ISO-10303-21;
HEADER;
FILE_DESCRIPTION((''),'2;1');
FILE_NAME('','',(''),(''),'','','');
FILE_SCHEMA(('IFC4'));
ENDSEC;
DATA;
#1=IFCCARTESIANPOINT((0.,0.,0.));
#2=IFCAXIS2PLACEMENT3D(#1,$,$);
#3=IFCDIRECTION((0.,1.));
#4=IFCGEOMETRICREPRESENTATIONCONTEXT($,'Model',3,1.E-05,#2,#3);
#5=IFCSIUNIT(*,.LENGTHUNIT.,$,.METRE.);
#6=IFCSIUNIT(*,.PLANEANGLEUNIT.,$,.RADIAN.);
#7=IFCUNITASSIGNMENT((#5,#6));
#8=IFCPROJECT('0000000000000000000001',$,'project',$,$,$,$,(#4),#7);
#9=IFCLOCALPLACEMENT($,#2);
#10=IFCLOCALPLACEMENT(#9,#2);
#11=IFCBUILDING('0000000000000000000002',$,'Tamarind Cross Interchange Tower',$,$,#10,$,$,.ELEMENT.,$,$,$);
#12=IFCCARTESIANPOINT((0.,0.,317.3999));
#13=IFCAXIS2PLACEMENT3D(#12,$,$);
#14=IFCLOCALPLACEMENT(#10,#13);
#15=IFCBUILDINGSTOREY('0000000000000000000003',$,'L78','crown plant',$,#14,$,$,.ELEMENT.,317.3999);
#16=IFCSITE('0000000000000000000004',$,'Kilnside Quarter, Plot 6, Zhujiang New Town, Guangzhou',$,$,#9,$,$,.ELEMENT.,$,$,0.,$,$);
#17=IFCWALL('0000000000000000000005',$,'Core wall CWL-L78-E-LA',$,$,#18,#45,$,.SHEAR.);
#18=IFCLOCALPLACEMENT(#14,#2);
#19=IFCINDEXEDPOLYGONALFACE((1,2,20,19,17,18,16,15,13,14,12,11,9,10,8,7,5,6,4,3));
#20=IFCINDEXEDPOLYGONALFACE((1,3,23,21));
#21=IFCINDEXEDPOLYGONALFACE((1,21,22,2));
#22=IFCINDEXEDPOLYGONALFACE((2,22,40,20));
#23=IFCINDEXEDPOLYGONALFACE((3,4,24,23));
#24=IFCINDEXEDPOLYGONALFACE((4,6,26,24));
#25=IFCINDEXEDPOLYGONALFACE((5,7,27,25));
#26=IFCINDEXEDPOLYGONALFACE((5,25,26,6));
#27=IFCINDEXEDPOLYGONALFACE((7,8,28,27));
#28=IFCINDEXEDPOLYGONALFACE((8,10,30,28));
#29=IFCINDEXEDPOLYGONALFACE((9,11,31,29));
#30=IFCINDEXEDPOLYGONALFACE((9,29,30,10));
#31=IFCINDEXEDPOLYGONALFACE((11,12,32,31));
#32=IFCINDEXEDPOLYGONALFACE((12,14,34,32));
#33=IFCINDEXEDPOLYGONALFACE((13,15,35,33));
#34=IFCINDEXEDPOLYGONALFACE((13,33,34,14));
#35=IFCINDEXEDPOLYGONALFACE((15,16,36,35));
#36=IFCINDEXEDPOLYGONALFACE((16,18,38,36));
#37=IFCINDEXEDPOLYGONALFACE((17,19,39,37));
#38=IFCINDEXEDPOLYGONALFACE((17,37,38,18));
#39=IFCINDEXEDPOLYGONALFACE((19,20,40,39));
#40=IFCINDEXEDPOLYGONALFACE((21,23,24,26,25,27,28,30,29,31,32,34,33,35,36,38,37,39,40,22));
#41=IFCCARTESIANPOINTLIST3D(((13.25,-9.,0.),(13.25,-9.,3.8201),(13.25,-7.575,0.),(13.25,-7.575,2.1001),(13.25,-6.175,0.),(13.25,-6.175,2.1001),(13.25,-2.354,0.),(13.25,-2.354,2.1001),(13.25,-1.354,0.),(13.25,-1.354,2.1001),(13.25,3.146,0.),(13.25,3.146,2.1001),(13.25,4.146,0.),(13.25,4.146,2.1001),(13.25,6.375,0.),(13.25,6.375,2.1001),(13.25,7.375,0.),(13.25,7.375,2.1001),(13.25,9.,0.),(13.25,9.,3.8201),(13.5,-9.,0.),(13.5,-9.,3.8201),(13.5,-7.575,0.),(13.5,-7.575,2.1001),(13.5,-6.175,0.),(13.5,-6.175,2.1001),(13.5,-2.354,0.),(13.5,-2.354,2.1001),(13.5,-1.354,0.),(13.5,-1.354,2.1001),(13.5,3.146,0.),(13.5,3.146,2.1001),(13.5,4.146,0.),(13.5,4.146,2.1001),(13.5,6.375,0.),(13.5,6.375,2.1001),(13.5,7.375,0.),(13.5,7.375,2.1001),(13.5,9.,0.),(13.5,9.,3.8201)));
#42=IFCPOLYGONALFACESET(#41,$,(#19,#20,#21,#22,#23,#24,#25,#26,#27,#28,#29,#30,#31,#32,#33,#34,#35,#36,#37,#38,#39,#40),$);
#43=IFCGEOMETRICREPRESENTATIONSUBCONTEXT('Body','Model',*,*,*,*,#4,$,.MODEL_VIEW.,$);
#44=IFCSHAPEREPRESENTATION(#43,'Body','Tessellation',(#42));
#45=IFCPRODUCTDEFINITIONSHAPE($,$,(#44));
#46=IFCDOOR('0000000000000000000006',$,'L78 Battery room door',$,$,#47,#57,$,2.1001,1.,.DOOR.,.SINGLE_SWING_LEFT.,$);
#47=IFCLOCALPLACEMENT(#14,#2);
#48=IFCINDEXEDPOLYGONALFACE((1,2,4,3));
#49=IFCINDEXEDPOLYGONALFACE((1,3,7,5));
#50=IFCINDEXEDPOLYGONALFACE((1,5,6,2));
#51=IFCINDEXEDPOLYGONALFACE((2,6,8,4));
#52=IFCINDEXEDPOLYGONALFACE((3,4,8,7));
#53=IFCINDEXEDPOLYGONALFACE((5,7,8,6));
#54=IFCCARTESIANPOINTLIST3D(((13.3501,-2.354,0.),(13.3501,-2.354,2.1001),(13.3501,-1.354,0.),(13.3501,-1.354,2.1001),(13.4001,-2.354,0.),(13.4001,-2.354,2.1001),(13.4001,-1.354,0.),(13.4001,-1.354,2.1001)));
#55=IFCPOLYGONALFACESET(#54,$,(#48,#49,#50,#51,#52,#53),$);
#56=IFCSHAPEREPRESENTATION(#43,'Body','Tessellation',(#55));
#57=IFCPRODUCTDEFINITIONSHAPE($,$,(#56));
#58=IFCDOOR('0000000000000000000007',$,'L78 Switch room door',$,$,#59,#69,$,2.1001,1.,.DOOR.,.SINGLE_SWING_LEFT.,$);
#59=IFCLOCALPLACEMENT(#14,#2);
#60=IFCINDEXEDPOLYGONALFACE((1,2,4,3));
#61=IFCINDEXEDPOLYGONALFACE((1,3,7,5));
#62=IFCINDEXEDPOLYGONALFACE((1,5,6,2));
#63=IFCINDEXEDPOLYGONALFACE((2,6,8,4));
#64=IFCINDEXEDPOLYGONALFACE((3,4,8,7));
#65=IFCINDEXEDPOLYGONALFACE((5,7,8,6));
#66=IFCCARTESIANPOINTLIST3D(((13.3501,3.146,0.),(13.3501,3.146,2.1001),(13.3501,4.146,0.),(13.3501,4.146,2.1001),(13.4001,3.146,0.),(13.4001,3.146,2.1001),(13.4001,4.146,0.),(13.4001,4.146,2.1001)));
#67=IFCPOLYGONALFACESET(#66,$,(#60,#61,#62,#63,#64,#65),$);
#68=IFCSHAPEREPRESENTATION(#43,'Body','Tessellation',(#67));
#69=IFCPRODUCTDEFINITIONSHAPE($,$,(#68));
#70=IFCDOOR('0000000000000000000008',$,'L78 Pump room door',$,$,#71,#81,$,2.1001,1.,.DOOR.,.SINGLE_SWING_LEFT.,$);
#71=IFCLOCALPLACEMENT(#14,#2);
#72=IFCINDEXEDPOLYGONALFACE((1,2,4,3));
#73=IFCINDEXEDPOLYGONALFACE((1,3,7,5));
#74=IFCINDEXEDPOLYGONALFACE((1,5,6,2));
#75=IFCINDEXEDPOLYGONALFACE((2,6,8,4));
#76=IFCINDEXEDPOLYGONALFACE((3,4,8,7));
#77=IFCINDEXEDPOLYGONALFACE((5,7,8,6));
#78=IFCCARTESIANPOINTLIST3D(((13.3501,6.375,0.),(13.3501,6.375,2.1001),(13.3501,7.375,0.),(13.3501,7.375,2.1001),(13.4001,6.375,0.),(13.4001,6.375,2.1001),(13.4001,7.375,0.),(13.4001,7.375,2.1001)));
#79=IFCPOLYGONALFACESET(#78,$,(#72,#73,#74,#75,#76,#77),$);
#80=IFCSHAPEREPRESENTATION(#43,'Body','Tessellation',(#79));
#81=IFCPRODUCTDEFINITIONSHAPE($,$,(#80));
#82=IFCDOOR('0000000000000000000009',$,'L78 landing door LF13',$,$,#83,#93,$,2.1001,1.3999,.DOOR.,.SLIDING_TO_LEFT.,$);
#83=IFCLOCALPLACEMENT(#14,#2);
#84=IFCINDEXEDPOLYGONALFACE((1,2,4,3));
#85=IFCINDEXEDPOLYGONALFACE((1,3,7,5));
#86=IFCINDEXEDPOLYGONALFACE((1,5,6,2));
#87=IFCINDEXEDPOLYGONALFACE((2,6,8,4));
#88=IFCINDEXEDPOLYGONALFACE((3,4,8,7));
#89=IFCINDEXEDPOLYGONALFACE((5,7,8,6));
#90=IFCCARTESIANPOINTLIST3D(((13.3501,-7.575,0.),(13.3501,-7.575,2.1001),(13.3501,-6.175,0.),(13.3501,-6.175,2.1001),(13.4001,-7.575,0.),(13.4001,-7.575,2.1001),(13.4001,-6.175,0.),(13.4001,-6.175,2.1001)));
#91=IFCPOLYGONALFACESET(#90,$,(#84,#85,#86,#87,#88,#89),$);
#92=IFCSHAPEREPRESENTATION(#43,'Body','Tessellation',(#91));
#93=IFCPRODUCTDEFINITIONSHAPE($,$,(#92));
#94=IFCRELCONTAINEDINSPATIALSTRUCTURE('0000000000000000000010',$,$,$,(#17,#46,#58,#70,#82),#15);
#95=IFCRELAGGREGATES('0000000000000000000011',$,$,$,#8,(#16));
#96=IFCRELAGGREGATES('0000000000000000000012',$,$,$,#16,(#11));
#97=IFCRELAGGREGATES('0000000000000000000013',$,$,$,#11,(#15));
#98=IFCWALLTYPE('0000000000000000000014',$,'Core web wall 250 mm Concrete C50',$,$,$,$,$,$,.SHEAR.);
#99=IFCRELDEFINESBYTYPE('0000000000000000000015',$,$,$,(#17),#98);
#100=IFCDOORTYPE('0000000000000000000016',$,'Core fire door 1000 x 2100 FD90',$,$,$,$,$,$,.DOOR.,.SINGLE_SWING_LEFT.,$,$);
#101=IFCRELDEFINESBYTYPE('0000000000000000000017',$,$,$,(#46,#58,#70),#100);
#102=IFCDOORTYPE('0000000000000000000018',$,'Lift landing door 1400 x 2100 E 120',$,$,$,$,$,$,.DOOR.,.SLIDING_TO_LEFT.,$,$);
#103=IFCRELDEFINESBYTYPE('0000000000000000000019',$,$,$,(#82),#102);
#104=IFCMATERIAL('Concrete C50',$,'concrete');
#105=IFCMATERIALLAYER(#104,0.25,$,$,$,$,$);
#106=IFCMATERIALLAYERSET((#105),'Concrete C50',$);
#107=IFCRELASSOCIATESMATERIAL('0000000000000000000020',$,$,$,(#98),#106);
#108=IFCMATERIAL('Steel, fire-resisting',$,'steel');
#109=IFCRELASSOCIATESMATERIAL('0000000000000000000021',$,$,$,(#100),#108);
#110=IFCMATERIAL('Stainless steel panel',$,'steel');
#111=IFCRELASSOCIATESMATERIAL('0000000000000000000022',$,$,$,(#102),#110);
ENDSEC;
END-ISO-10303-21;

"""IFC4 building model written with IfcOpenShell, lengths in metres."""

from ifc_helpers import new_model, si_unit, direction, frame, frame_2d, origin, place, context, subcontext, project, spatial, rectangle, extrude, material, layer, layer_set, type_object, element, fill, save


model = new_model("IFC4")

# Units and contexts
model_context = context("Model", 3, precision=1e-05, world=origin(), true_north=direction((0.0, 1.0)))
body_context = subcontext(model_context, "Body", "Model", "MODEL_VIEW")
ifc_project = project(units=[si_unit("LENGTHUNIT", "METRE"), si_unit("PLANEANGLEUNIT", "RADIAN")], contexts=[model_context])

# Site, building, storey
site_placement = place(None, origin())
site = spatial("IfcSite", under=ifc_project, at=site_placement, Name="Kilnside Quarter, Plot 6, Zhujiang New Town, Guangzhou", CompositionType="ELEMENT", RefElevation=0.0)
building_placement = place(site_placement, origin())
building = spatial("IfcBuilding", under=site, at=building_placement, Name="Tamarind Cross Interchange Tower", CompositionType="ELEMENT")
storey_placement = place(building_placement, frame((0.0, 0.0, 317.3999)))
storey = spatial("IfcBuildingStorey", under=building, at=storey_placement, Name="L78", Description="crown plant", CompositionType="ELEMENT", Elevation=317.3999)

# Wall, openings, doors
ifc_material_1 = material(Name="Concrete C50", Category="concrete")
ifc_material_2 = material(Name="Steel, fire-resisting", Category="steel")
ifc_layer_1 = layer(ifc_material_1, 0.25)
ifc_layer_set_1 = layer_set([ifc_layer_1], Name="Concrete C50")
wall_type_1 = type_object("IfcWallType", Name="Core web wall 250 mm Concrete C50", PredefinedType="SHEAR", material=ifc_layer_set_1)
wall_1_placement = place(storey_placement, frame((13.375, -9.0, 0.0), z_axis=(0.0, 0.0, 1.0), x_axis=(0.0, 1.0, 0.0)))
wall_1 = element("IfcWall", 1, at=wall_1_placement, inside=storey, type_object=wall_type_1, Name="Core wall CWL-L78-E-LA", PredefinedType="SHEAR", context=body_context, shape_type="SweptSolid", body=[
    extrude(rectangle(XDim=18.0, YDim=0.25, at=frame_2d((9.0, 0.0))), origin(), (0.0, 0.0, 1.0), 3.8201),
])
opening_1_placement = place(wall_1_placement, frame((1.425, 0.0, 0.0)))
opening_1 = element("IfcOpeningElement", 2, at=opening_1_placement, cuts=wall_1, PredefinedType="OPENING", context=body_context, shape_type="SweptSolid", body=[
    extrude(rectangle(XDim=1.3999, YDim=2.1001, at=frame_2d((0.7, 1.05))), frame((0.0, 0.135, 0.0), z_axis=(0.0, -1.0, 0.0), x_axis=(1.0, 0.0, 0.0)), (0.0, 0.0, 1.0), 0.27),
])
opening_2_placement = place(wall_1_placement, frame((6.646, 0.0, 0.0)))
opening_2 = element("IfcOpeningElement", 3, at=opening_2_placement, cuts=wall_1, PredefinedType="OPENING", context=body_context, shape_type="SweptSolid", body=[
    extrude(rectangle(XDim=1.0, YDim=2.1001, at=frame_2d((0.5, 1.05))), frame((0.0, 0.135, 0.0), z_axis=(0.0, -1.0, 0.0), x_axis=(1.0, 0.0, 0.0)), (0.0, 0.0, 1.0), 0.27),
])
opening_3_placement = place(wall_1_placement, frame((12.146, 0.0, 0.0)))
opening_3 = element("IfcOpeningElement", 4, at=opening_3_placement, cuts=wall_1, PredefinedType="OPENING", context=body_context, shape_type="SweptSolid", body=[
    extrude(rectangle(XDim=1.0, YDim=2.1001, at=frame_2d((0.5, 1.05))), frame((0.0, 0.135, 0.0), z_axis=(0.0, -1.0, 0.0), x_axis=(1.0, 0.0, 0.0)), (0.0, 0.0, 1.0), 0.27),
])
opening_4_placement = place(wall_1_placement, frame((15.375, 0.0, 0.0)))
opening_4 = element("IfcOpeningElement", 5, at=opening_4_placement, cuts=wall_1, PredefinedType="OPENING", context=body_context, shape_type="SweptSolid", body=[
    extrude(rectangle(XDim=1.0, YDim=2.1001, at=frame_2d((0.5, 1.05))), frame((0.0, 0.135, 0.0), z_axis=(0.0, -1.0, 0.0), x_axis=(1.0, 0.0, 0.0)), (0.0, 0.0, 1.0), 0.27),
])
door_type_1 = type_object("IfcDoorType", Name="Core fire door 1000 x 2100 FD90", OperationType="SINGLE_SWING_LEFT", PredefinedType="DOOR", material=ifc_material_2)
door_1_placement = place(opening_2_placement, origin())
door_1 = element("IfcDoor", 6, at=door_1_placement, inside=storey, type_object=door_type_1, Name="L78 Battery room door", OperationType="SINGLE_SWING_LEFT", OverallHeight=2.1001, OverallWidth=1.0, PredefinedType="DOOR", context=body_context, shape_type="SweptSolid", body=[
    extrude(rectangle(XDim=1.0, YDim=2.1001, at=frame_2d((0.5, 1.05))), frame((0.0, 0.0249, 0.0), z_axis=(0.0, -1.0, 0.0), x_axis=(1.0, 0.0, 0.0)), (0.0, 0.0, 1.0), 0.05),
])
fill(opening_2, door_1)
door_2_placement = place(opening_3_placement, origin())
door_2 = element("IfcDoor", 7, at=door_2_placement, inside=storey, type_object=door_type_1, Name="L78 Switch room door", OperationType="SINGLE_SWING_LEFT", OverallHeight=2.1001, OverallWidth=1.0, PredefinedType="DOOR", context=body_context, shape_type="SweptSolid", body=[
    extrude(rectangle(XDim=1.0, YDim=2.1001, at=frame_2d((0.5, 1.05))), frame((0.0, 0.0249, 0.0), z_axis=(0.0, -1.0, 0.0), x_axis=(1.0, 0.0, 0.0)), (0.0, 0.0, 1.0), 0.05),
])
fill(opening_3, door_2)
door_3_placement = place(opening_4_placement, origin())
door_3 = element("IfcDoor", 8, at=door_3_placement, inside=storey, type_object=door_type_1, Name="L78 Pump room door", OperationType="SINGLE_SWING_LEFT", OverallHeight=2.1001, OverallWidth=1.0, PredefinedType="DOOR", context=body_context, shape_type="SweptSolid", body=[
    extrude(rectangle(XDim=1.0, YDim=2.1001, at=frame_2d((0.5, 1.05))), frame((0.0, 0.0249, 0.0), z_axis=(0.0, -1.0, 0.0), x_axis=(1.0, 0.0, 0.0)), (0.0, 0.0, 1.0), 0.05),
])
fill(opening_4, door_3)
ifc_material_3 = material(Name="Stainless steel panel", Category="steel")
door_type_2 = type_object("IfcDoorType", Name="Lift landing door 1400 x 2100 E 120", OperationType="SLIDING_TO_LEFT", PredefinedType="DOOR", material=ifc_material_3)
door_4_placement = place(opening_1_placement, origin())
door_4 = element("IfcDoor", 9, at=door_4_placement, inside=storey, type_object=door_type_2, Name="L78 landing door LF13", OperationType="SLIDING_TO_LEFT", OverallHeight=2.1001, OverallWidth=1.3999, PredefinedType="DOOR", context=body_context, shape_type="SweptSolid", body=[
    extrude(rectangle(XDim=1.3999, YDim=2.1001, at=frame_2d((0.7, 1.05))), frame((0.0, 0.0249, 0.0), z_axis=(0.0, -1.0, 0.0), x_axis=(1.0, 0.0, 0.0)), (0.0, 0.0, 1.0), 0.05),
])
fill(opening_1, door_4)

save(model, "model.ifc")
